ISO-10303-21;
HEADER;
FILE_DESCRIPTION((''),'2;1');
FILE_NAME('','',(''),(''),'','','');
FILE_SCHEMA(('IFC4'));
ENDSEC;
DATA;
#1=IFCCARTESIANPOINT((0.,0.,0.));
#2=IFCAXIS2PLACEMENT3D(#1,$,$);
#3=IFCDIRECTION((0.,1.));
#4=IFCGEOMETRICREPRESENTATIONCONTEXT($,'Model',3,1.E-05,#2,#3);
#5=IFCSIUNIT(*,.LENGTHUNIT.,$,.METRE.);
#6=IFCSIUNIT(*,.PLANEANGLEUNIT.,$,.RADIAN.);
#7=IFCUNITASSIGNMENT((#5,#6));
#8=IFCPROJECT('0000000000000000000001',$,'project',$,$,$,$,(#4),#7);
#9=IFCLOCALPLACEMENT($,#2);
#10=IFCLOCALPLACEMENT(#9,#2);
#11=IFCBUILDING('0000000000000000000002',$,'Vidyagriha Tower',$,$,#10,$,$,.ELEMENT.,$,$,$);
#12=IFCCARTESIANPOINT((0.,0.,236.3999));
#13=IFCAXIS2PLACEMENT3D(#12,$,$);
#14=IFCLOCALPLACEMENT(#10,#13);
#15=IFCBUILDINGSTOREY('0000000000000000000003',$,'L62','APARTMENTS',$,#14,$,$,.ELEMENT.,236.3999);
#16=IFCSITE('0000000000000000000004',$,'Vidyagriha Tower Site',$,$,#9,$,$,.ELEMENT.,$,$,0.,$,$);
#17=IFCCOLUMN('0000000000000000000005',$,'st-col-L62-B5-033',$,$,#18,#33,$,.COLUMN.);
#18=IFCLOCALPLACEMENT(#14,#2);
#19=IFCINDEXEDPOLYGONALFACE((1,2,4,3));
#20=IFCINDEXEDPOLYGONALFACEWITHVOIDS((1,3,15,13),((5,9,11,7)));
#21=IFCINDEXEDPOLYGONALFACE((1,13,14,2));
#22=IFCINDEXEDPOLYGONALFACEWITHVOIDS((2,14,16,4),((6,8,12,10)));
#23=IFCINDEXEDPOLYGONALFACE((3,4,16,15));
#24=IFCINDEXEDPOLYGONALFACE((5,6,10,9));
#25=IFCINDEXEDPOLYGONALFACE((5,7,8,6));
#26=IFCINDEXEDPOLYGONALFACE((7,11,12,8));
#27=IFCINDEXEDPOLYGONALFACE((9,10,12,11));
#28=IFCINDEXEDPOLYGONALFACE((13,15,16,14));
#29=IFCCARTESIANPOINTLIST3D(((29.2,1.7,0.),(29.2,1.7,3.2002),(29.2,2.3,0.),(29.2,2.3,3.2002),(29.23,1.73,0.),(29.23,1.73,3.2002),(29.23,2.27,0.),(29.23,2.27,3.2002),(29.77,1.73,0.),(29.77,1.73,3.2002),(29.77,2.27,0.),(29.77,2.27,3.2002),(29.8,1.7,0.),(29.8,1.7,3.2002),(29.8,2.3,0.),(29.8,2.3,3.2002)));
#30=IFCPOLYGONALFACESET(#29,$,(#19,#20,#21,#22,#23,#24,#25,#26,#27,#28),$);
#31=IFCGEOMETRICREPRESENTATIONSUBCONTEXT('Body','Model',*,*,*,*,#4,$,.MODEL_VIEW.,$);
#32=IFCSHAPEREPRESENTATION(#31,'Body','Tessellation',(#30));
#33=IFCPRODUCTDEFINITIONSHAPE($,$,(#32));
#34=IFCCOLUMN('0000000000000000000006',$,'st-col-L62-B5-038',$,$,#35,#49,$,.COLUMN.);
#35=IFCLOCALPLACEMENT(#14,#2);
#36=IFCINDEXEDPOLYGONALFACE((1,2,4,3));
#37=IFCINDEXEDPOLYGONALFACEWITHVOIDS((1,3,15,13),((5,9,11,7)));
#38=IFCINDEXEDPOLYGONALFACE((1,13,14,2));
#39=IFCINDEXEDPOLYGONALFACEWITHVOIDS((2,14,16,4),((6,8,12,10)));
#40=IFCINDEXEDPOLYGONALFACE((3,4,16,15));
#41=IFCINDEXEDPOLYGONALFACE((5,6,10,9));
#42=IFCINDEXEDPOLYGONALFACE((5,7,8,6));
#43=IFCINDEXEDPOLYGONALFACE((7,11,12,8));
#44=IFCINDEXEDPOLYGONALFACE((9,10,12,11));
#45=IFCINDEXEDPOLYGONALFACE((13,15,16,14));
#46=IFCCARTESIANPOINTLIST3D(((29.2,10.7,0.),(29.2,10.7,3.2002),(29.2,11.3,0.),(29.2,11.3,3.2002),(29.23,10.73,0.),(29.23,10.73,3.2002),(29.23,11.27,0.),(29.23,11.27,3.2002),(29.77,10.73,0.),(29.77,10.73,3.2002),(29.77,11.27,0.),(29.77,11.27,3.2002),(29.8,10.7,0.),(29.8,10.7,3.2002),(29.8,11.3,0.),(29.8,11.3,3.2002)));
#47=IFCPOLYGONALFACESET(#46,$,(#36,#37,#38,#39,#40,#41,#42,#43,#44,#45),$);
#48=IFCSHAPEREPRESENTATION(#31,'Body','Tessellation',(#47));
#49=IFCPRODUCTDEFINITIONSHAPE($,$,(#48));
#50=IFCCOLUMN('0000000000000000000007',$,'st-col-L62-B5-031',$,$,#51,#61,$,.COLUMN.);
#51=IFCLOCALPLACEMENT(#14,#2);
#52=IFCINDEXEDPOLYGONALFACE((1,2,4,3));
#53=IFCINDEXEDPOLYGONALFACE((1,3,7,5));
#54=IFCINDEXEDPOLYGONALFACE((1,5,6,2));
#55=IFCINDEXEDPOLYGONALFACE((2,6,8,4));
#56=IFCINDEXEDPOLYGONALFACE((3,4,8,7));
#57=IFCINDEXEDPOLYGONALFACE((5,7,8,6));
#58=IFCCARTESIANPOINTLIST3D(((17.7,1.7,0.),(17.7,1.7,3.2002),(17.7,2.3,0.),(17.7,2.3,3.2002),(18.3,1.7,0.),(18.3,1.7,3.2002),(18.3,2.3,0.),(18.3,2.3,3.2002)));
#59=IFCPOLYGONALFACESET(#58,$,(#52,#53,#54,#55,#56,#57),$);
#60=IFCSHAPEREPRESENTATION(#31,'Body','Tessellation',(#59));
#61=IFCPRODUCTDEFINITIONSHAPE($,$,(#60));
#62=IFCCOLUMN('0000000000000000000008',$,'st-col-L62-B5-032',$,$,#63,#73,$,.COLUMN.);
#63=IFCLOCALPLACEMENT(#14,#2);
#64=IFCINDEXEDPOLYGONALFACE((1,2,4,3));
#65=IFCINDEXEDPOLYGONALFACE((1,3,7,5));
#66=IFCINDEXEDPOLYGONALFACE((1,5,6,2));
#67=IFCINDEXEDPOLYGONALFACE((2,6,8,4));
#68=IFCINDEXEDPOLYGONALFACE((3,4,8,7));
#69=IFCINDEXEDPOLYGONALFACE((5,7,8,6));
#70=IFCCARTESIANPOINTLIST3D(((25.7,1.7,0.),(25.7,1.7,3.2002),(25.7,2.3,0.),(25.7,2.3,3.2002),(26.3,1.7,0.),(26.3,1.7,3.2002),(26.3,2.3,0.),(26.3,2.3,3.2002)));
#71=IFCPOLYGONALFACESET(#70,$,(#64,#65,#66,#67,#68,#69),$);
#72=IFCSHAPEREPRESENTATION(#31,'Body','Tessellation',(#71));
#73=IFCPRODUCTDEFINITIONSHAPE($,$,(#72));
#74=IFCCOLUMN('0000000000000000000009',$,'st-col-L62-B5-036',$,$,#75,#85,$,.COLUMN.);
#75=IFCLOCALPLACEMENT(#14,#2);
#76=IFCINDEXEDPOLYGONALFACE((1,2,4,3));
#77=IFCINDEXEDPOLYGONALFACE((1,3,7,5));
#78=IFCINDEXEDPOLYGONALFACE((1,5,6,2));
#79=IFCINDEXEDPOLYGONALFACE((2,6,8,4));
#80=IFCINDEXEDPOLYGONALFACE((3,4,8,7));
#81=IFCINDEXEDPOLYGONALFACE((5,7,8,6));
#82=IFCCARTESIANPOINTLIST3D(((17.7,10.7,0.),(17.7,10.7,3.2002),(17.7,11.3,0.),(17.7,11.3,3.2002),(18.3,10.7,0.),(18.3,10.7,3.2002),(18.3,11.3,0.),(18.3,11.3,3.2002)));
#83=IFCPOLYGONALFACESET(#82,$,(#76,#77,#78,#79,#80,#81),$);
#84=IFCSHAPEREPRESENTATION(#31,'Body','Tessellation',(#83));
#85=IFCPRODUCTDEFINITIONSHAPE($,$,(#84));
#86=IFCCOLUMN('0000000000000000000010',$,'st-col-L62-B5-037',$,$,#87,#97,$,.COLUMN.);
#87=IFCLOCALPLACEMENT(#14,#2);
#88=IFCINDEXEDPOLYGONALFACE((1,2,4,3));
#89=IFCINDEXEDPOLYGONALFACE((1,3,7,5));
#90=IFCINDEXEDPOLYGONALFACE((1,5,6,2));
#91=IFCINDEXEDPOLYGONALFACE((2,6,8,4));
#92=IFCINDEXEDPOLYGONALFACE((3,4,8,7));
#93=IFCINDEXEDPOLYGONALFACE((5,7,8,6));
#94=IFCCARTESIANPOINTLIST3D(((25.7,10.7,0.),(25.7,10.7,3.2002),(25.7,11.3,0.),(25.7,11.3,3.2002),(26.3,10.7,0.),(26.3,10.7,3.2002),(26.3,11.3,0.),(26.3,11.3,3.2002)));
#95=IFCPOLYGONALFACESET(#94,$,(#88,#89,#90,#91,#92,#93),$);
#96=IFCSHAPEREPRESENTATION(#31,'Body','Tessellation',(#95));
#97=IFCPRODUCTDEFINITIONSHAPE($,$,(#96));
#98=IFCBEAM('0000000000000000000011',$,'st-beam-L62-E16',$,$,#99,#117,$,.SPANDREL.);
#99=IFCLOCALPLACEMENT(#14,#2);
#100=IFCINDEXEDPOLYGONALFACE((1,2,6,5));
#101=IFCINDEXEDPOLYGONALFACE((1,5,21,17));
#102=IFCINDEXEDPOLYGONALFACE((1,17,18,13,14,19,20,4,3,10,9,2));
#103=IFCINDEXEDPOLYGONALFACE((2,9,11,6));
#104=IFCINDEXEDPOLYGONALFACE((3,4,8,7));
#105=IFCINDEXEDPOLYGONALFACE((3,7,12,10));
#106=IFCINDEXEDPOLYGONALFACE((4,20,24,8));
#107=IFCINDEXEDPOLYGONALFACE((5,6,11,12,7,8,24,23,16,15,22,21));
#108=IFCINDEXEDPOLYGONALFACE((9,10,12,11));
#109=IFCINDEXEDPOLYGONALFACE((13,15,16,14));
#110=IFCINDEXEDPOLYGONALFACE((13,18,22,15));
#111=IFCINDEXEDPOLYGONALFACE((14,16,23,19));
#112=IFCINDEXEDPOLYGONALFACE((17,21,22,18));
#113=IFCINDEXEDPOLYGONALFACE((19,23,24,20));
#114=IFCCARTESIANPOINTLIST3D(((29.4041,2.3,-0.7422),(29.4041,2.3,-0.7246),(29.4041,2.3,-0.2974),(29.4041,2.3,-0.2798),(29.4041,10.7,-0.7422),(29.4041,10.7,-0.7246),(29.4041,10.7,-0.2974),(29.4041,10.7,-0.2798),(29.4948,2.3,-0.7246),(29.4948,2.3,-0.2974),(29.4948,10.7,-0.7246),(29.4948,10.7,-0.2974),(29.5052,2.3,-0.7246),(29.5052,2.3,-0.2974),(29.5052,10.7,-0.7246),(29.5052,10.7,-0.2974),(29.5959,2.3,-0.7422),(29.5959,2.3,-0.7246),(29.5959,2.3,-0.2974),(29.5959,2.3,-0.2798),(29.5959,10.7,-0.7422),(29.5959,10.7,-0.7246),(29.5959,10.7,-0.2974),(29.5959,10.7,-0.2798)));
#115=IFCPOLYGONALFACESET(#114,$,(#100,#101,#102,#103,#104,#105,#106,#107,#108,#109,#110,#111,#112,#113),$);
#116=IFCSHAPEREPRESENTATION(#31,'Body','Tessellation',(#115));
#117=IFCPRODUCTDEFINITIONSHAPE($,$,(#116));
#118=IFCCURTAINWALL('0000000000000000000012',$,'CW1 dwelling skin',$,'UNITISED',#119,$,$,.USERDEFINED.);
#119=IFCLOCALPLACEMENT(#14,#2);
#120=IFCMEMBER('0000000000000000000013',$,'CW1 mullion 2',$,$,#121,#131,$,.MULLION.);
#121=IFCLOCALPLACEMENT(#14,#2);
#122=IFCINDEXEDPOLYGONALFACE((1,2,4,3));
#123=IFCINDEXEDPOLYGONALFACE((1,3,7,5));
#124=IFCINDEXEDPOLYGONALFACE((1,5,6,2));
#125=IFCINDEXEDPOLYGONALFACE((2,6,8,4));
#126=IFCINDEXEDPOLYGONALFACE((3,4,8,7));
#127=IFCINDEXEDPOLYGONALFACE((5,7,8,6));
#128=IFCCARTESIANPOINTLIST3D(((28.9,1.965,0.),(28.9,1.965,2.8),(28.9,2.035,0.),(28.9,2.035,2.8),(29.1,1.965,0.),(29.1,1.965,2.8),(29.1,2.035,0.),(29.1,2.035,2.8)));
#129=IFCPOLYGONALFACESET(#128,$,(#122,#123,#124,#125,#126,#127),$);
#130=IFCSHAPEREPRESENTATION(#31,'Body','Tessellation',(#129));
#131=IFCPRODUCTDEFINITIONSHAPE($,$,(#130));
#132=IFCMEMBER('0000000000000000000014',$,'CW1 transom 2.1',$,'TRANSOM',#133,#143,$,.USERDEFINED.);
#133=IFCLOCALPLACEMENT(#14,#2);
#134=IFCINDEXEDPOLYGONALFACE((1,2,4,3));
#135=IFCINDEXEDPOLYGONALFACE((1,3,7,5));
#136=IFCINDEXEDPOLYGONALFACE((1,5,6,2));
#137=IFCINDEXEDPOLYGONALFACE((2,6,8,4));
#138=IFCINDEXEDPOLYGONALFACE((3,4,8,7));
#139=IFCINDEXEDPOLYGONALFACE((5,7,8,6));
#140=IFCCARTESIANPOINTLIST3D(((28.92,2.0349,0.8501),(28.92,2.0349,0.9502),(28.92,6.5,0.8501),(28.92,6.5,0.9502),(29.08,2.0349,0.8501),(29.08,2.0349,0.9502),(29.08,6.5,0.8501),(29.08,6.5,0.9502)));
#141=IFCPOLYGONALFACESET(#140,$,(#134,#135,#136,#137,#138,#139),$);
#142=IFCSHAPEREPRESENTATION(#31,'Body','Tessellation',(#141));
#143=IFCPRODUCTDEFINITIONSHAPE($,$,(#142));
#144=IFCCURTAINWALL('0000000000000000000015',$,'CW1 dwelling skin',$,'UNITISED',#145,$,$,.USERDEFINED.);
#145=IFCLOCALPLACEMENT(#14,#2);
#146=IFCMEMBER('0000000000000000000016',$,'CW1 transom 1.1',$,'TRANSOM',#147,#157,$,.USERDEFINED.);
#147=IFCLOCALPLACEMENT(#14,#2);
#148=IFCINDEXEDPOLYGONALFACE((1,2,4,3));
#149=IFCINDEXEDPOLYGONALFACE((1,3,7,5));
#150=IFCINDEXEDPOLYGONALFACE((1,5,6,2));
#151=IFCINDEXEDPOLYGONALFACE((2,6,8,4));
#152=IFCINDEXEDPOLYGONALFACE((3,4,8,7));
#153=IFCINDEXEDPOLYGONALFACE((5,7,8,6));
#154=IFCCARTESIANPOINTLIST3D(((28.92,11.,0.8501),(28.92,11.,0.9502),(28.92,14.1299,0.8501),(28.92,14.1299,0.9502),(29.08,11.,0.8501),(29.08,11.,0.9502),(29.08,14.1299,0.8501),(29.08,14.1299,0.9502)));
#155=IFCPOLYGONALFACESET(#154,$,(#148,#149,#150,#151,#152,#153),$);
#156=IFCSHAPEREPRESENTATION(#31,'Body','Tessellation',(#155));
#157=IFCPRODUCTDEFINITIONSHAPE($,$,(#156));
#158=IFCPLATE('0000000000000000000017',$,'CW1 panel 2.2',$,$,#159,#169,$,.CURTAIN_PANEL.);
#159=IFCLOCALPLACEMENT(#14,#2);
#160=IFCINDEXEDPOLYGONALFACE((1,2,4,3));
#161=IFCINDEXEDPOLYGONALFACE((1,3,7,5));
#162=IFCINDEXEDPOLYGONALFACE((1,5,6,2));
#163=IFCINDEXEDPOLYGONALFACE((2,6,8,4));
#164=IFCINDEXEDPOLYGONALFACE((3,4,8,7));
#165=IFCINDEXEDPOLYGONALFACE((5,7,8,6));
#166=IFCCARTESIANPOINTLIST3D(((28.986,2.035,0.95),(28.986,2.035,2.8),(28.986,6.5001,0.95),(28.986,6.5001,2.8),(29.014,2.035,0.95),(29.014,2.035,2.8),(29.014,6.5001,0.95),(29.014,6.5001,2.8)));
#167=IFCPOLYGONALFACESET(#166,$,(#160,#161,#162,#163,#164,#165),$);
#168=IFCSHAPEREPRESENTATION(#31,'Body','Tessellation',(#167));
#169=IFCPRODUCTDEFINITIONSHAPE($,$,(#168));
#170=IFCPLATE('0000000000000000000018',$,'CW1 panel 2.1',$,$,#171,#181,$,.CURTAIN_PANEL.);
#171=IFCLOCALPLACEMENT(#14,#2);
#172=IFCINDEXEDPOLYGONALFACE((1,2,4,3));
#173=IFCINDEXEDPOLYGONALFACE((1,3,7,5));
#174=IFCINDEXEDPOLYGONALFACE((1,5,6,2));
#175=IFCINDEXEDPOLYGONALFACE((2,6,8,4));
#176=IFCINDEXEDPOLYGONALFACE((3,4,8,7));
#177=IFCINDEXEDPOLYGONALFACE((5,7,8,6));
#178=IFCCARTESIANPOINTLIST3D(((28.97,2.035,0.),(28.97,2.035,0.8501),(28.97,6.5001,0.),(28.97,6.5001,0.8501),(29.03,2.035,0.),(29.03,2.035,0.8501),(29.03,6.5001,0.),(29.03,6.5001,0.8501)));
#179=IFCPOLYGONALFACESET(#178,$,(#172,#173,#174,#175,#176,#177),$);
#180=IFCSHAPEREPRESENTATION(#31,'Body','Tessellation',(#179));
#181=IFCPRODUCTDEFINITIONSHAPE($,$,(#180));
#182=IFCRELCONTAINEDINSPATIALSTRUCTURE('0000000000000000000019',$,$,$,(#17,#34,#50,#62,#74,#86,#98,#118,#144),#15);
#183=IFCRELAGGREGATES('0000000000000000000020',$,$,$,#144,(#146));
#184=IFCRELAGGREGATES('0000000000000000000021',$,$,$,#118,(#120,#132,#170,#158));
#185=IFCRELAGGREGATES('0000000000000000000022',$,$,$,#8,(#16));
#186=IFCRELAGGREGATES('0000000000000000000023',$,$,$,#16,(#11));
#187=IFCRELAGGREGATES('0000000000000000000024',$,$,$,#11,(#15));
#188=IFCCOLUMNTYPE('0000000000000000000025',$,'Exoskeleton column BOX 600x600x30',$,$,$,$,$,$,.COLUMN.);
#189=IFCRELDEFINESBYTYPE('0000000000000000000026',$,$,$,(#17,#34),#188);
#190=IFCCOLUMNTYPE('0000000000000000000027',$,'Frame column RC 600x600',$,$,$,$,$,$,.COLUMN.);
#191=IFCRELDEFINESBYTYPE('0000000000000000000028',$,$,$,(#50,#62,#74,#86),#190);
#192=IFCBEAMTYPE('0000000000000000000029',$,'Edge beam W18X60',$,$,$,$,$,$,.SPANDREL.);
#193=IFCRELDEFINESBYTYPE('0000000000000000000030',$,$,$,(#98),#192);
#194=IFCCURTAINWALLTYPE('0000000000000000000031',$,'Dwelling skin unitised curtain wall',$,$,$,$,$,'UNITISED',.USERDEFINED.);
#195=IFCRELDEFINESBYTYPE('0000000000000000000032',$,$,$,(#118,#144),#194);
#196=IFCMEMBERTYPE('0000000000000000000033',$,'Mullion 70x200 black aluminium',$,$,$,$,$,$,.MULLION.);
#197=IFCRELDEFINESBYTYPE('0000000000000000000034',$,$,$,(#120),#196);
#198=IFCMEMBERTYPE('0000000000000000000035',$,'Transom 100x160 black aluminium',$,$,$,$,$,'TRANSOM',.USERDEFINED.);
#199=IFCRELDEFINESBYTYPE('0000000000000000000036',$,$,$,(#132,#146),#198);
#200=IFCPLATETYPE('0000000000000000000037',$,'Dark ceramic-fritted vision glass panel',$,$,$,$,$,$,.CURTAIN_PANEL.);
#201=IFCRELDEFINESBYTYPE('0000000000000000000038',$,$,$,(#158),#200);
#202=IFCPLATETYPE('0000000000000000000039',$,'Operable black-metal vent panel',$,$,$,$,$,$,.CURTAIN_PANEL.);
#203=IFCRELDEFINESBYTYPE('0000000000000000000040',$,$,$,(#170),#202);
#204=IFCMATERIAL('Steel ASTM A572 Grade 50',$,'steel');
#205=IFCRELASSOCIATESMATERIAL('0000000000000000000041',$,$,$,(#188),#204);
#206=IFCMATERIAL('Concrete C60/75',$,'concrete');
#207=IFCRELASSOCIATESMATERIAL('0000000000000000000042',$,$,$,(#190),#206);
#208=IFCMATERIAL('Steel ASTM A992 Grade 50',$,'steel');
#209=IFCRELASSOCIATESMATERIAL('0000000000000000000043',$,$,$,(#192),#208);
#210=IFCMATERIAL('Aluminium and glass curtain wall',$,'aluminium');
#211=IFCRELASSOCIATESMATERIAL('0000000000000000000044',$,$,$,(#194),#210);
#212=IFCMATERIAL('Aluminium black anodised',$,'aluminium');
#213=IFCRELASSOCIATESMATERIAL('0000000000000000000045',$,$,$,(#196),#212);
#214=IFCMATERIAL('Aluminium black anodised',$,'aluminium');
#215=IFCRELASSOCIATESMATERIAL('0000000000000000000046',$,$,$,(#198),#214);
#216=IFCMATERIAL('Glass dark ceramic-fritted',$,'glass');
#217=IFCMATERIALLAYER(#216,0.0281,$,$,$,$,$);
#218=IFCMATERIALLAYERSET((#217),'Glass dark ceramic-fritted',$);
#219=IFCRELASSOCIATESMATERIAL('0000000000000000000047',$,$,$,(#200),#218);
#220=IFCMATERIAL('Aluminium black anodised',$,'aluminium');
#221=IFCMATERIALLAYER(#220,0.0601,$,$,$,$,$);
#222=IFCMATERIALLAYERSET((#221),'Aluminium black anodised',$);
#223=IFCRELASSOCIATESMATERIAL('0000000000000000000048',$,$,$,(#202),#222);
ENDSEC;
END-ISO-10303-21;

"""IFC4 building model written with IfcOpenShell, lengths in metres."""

from ifc_helpers import new_model, si_unit, direction, frame, origin, origin_2d, place, context, subcontext, project, spatial, rectangle, hollow_rectangle, i_section, extrude, material, layer, layer_set, material_profile, profile_set, type_object, element, aggregate, save


model = new_model("IFC4")

# Units and contexts
model_context = context("Model", 3, precision=1e-05, world=origin(), true_north=direction((0.0, 1.0)))
body_context = subcontext(model_context, "Body", "Model", "MODEL_VIEW")
ifc_project = project(units=[si_unit("LENGTHUNIT", "METRE"), si_unit("PLANEANGLEUNIT", "RADIAN")], contexts=[model_context])

# Site, building, storey
site_placement = place(None, origin())
site = spatial("IfcSite", under=ifc_project, at=site_placement, Name="Vidyagriha Tower Site", CompositionType="ELEMENT", RefElevation=0.0)
building_placement = place(site_placement, origin())
building = spatial("IfcBuilding", under=site, at=building_placement, Name="Vidyagriha Tower", CompositionType="ELEMENT")
storey_placement = place(building_placement, frame((0.0, 0.0, 236.3999)))
storey = spatial("IfcBuildingStorey", under=building, at=storey_placement, Name="L62", Description="APARTMENTS", CompositionType="ELEMENT", Elevation=236.3999)

# Columns
ifc_material_1 = material(Name="Steel ASTM A572 Grade 50", Category="steel")
ifc_material_profile_1 = material_profile(ifc_material_1, hollow_rectangle(XDim=0.6001, YDim=0.6001, WallThickness=0.03, at=origin_2d()), Name="BOX 600x600x30")
ifc_profile_set_1 = profile_set([ifc_material_profile_1], Name="Steel ASTM A572 Grade 50")
column_type_1 = type_object("IfcColumnType", Name="Exoskeleton column BOX 600x600x30", PredefinedType="COLUMN", material=ifc_profile_set_1)
for number, where, name in (
    (1, (29.5, 2.0, 0.0), "st-col-L62-B5-033"),
    (2, (29.5, 11.0, 0.0), "st-col-L62-B5-038"),
):
    element("IfcColumn", number, at=place(storey_placement, frame(where)), inside=storey, type_object=column_type_1, Name=name, PredefinedType="COLUMN", context=body_context, shape_type="SweptSolid", body=[
        extrude(hollow_rectangle(XDim=0.6001, YDim=0.6001, WallThickness=0.03, at=origin_2d()), origin(), (0.0, 0.0, 1.0), 3.2002),
    ])
ifc_material_2 = material(Name="Concrete C60/75", Category="concrete")
ifc_material_profile_2 = material_profile(ifc_material_2, rectangle(XDim=0.6001, YDim=0.6001, at=origin_2d()), Name="RC 600x600")
ifc_profile_set_2 = profile_set([ifc_material_profile_2], Name="Concrete C60/75")
column_type_2 = type_object("IfcColumnType", Name="Frame column RC 600x600", PredefinedType="COLUMN", material=ifc_profile_set_2)
for number, where, name in (
    (3, (18.0, 2.0, 0.0), "st-col-L62-B5-031"),
    (4, (26.0, 2.0, 0.0), "st-col-L62-B5-032"),
    (5, (18.0, 11.0, 0.0), "st-col-L62-B5-036"),
    (6, (26.0, 11.0, 0.0), "st-col-L62-B5-037"),
):
    element("IfcColumn", number, at=place(storey_placement, frame(where)), inside=storey, type_object=column_type_2, Name=name, PredefinedType="COLUMN", context=body_context, shape_type="SweptSolid", body=[
        extrude(rectangle(XDim=0.6001, YDim=0.6001, at=origin_2d()), origin(), (0.0, 0.0, 1.0), 3.2002),
    ])

# Beam
ifc_material_3 = material(Name="Steel ASTM A992 Grade 50", Category="steel")
ifc_material_profile_3 = material_profile(ifc_material_3, i_section(OverallWidth=0.1919, OverallDepth=0.4624, WebThickness=0.0105, FlangeThickness=0.0176, at=origin_2d()), Name="W18X60")
ifc_profile_set_3 = profile_set([ifc_material_profile_3], Name="Steel ASTM A992 Grade 50")
beam_type = type_object("IfcBeamType", Name="Edge beam W18X60", PredefinedType="SPANDREL", material=ifc_profile_set_3)
beam_placement = place(storey_placement, frame((29.5, 2.3, -0.511), z_axis=(0.0, 1.0, 0.0), x_axis=(-1.0, 0.0, 0.0)))
element("IfcBeam", 7, at=beam_placement, inside=storey, type_object=beam_type, Name="st-beam-L62-E16", PredefinedType="SPANDREL", context=body_context, shape_type="SweptSolid", body=[
    extrude(i_section(OverallWidth=0.1919, OverallDepth=0.4624, WebThickness=0.0105, FlangeThickness=0.0176, at=origin_2d()), origin(), (0.0, 0.0, 1.0), 8.3999),
])

# Curtain wall, members
ifc_material_4 = material(Name="Aluminium and glass curtain wall", Category="aluminium")
curtain_wall_type = type_object("IfcCurtainWallType", Name="Dwelling skin unitised curtain wall", ElementType="UNITISED", PredefinedType="USERDEFINED", material=ifc_material_4)
curtain_wall_1_placement = place(storey_placement, origin())
curtain_wall_1 = element("IfcCurtainWall", 8, at=curtain_wall_1_placement, inside=storey, type_object=curtain_wall_type, Name="CW1 dwelling skin", ObjectType="UNITISED", PredefinedType="USERDEFINED")
ifc_material_5 = material(Name="Aluminium black anodised", Category="aluminium")
ifc_material_profile_4 = material_profile(ifc_material_5, rectangle(XDim=0.2, YDim=0.0701, at=origin_2d()), Name="Mullion 70x200 black aluminium")
ifc_profile_set_4 = profile_set([ifc_material_profile_4], Name="Aluminium black anodised")
member_type_1 = type_object("IfcMemberType", Name="Mullion 70x200 black aluminium", PredefinedType="MULLION", material=ifc_profile_set_4)
member_1_placement = place(storey_placement, frame((29.0, 2.0, 0.0), z_axis=(0.0, 0.0, 1.0), x_axis=(-1.0, 0.0, 0.0)))
member_1 = element("IfcMember", 9, at=member_1_placement, type_object=member_type_1, Name="CW1 mullion 2", PredefinedType="MULLION", context=body_context, shape_type="SweptSolid", body=[
    extrude(rectangle(XDim=0.2, YDim=0.0701, at=origin_2d()), origin(), (0.0, 0.0, 1.0), 2.8),
])
ifc_material_6 = material(Name="Aluminium black anodised", Category="aluminium")
ifc_material_profile_5 = material_profile(ifc_material_6, rectangle(XDim=0.1599, YDim=0.1001, at=origin_2d()), Name="Transom 100x160 black aluminium")
ifc_profile_set_5 = profile_set([ifc_material_profile_5], Name="Aluminium black anodised")
member_type_2 = type_object("IfcMemberType", Name="Transom 100x160 black aluminium", ElementType="TRANSOM", PredefinedType="USERDEFINED", material=ifc_profile_set_5)
member_2_placement = place(storey_placement, frame((29.0, 2.0349, 0.9001), z_axis=(0.0, 1.0, 0.0), x_axis=(-1.0, 0.0, 0.0)))
member_2 = element("IfcMember", 10, at=member_2_placement, type_object=member_type_2, Name="CW1 transom 2.1", ObjectType="TRANSOM", PredefinedType="USERDEFINED", context=body_context, shape_type="SweptSolid", body=[
    extrude(rectangle(XDim=0.1599, YDim=0.1001, at=origin_2d()), origin(), (0.0, 0.0, 1.0), 4.4651),
])

# Curtain wall, member
curtain_wall_2_placement = place(storey_placement, origin())
curtain_wall_2 = element("IfcCurtainWall", 11, at=curtain_wall_2_placement, inside=storey, type_object=curtain_wall_type, Name="CW1 dwelling skin", ObjectType="UNITISED", PredefinedType="USERDEFINED")
member_3_placement = place(storey_placement, frame((29.0, 11.0, 0.9001), z_axis=(0.0, 1.0, 0.0), x_axis=(-1.0, 0.0, 0.0)))
member_3 = element("IfcMember", 12, at=member_3_placement, type_object=member_type_2, Name="CW1 transom 1.1", ObjectType="TRANSOM", PredefinedType="USERDEFINED", context=body_context, shape_type="SweptSolid", body=[
    extrude(rectangle(XDim=0.1599, YDim=0.1001, at=origin_2d()), origin(), (0.0, 0.0, 1.0), 3.1299),
])
aggregate(curtain_wall_2, [member_3])

# Plates
ifc_material_7 = material(Name="Glass dark ceramic-fritted", Category="glass")
ifc_layer_1 = layer(ifc_material_7, 0.0281)
ifc_layer_set_1 = layer_set([ifc_layer_1], Name="Glass dark ceramic-fritted")
plate_type_1 = type_object("IfcPlateType", Name="Dark ceramic-fritted vision glass panel", PredefinedType="CURTAIN_PANEL", material=ifc_layer_set_1)
plate_1_placement = place(storey_placement, frame((29.0, 4.2676, 0.95), z_axis=(0.0, 0.0, 1.0), x_axis=(0.0, 1.0, 0.0)))
plate_1 = element("IfcPlate", 13, at=plate_1_placement, type_object=plate_type_1, Name="CW1 panel 2.2", PredefinedType="CURTAIN_PANEL", context=body_context, shape_type="SweptSolid", body=[
    extrude(rectangle(XDim=4.4651, YDim=0.0281, at=origin_2d()), origin(), (0.0, 0.0, 1.0), 1.8501),
])
ifc_material_8 = material(Name="Aluminium black anodised", Category="aluminium")
ifc_layer_2 = layer(ifc_material_8, 0.0601)
ifc_layer_set_2 = layer_set([ifc_layer_2], Name="Aluminium black anodised")
plate_type_2 = type_object("IfcPlateType", Name="Operable black-metal vent panel", PredefinedType="CURTAIN_PANEL", material=ifc_layer_set_2)
plate_2_placement = place(storey_placement, frame((29.0, 4.2676, 0.0), z_axis=(0.0, 0.0, 1.0), x_axis=(0.0, 1.0, 0.0)))
plate_2 = element("IfcPlate", 14, at=plate_2_placement, type_object=plate_type_2, Name="CW1 panel 2.1", PredefinedType="CURTAIN_PANEL", context=body_context, shape_type="SweptSolid", body=[
    extrude(rectangle(XDim=4.4651, YDim=0.0601, at=origin_2d()), origin(), (0.0, 0.0, 1.0), 0.8501),
])
aggregate(curtain_wall_1, [member_1, member_2, plate_2, plate_1])

save(model, "model.ifc")
